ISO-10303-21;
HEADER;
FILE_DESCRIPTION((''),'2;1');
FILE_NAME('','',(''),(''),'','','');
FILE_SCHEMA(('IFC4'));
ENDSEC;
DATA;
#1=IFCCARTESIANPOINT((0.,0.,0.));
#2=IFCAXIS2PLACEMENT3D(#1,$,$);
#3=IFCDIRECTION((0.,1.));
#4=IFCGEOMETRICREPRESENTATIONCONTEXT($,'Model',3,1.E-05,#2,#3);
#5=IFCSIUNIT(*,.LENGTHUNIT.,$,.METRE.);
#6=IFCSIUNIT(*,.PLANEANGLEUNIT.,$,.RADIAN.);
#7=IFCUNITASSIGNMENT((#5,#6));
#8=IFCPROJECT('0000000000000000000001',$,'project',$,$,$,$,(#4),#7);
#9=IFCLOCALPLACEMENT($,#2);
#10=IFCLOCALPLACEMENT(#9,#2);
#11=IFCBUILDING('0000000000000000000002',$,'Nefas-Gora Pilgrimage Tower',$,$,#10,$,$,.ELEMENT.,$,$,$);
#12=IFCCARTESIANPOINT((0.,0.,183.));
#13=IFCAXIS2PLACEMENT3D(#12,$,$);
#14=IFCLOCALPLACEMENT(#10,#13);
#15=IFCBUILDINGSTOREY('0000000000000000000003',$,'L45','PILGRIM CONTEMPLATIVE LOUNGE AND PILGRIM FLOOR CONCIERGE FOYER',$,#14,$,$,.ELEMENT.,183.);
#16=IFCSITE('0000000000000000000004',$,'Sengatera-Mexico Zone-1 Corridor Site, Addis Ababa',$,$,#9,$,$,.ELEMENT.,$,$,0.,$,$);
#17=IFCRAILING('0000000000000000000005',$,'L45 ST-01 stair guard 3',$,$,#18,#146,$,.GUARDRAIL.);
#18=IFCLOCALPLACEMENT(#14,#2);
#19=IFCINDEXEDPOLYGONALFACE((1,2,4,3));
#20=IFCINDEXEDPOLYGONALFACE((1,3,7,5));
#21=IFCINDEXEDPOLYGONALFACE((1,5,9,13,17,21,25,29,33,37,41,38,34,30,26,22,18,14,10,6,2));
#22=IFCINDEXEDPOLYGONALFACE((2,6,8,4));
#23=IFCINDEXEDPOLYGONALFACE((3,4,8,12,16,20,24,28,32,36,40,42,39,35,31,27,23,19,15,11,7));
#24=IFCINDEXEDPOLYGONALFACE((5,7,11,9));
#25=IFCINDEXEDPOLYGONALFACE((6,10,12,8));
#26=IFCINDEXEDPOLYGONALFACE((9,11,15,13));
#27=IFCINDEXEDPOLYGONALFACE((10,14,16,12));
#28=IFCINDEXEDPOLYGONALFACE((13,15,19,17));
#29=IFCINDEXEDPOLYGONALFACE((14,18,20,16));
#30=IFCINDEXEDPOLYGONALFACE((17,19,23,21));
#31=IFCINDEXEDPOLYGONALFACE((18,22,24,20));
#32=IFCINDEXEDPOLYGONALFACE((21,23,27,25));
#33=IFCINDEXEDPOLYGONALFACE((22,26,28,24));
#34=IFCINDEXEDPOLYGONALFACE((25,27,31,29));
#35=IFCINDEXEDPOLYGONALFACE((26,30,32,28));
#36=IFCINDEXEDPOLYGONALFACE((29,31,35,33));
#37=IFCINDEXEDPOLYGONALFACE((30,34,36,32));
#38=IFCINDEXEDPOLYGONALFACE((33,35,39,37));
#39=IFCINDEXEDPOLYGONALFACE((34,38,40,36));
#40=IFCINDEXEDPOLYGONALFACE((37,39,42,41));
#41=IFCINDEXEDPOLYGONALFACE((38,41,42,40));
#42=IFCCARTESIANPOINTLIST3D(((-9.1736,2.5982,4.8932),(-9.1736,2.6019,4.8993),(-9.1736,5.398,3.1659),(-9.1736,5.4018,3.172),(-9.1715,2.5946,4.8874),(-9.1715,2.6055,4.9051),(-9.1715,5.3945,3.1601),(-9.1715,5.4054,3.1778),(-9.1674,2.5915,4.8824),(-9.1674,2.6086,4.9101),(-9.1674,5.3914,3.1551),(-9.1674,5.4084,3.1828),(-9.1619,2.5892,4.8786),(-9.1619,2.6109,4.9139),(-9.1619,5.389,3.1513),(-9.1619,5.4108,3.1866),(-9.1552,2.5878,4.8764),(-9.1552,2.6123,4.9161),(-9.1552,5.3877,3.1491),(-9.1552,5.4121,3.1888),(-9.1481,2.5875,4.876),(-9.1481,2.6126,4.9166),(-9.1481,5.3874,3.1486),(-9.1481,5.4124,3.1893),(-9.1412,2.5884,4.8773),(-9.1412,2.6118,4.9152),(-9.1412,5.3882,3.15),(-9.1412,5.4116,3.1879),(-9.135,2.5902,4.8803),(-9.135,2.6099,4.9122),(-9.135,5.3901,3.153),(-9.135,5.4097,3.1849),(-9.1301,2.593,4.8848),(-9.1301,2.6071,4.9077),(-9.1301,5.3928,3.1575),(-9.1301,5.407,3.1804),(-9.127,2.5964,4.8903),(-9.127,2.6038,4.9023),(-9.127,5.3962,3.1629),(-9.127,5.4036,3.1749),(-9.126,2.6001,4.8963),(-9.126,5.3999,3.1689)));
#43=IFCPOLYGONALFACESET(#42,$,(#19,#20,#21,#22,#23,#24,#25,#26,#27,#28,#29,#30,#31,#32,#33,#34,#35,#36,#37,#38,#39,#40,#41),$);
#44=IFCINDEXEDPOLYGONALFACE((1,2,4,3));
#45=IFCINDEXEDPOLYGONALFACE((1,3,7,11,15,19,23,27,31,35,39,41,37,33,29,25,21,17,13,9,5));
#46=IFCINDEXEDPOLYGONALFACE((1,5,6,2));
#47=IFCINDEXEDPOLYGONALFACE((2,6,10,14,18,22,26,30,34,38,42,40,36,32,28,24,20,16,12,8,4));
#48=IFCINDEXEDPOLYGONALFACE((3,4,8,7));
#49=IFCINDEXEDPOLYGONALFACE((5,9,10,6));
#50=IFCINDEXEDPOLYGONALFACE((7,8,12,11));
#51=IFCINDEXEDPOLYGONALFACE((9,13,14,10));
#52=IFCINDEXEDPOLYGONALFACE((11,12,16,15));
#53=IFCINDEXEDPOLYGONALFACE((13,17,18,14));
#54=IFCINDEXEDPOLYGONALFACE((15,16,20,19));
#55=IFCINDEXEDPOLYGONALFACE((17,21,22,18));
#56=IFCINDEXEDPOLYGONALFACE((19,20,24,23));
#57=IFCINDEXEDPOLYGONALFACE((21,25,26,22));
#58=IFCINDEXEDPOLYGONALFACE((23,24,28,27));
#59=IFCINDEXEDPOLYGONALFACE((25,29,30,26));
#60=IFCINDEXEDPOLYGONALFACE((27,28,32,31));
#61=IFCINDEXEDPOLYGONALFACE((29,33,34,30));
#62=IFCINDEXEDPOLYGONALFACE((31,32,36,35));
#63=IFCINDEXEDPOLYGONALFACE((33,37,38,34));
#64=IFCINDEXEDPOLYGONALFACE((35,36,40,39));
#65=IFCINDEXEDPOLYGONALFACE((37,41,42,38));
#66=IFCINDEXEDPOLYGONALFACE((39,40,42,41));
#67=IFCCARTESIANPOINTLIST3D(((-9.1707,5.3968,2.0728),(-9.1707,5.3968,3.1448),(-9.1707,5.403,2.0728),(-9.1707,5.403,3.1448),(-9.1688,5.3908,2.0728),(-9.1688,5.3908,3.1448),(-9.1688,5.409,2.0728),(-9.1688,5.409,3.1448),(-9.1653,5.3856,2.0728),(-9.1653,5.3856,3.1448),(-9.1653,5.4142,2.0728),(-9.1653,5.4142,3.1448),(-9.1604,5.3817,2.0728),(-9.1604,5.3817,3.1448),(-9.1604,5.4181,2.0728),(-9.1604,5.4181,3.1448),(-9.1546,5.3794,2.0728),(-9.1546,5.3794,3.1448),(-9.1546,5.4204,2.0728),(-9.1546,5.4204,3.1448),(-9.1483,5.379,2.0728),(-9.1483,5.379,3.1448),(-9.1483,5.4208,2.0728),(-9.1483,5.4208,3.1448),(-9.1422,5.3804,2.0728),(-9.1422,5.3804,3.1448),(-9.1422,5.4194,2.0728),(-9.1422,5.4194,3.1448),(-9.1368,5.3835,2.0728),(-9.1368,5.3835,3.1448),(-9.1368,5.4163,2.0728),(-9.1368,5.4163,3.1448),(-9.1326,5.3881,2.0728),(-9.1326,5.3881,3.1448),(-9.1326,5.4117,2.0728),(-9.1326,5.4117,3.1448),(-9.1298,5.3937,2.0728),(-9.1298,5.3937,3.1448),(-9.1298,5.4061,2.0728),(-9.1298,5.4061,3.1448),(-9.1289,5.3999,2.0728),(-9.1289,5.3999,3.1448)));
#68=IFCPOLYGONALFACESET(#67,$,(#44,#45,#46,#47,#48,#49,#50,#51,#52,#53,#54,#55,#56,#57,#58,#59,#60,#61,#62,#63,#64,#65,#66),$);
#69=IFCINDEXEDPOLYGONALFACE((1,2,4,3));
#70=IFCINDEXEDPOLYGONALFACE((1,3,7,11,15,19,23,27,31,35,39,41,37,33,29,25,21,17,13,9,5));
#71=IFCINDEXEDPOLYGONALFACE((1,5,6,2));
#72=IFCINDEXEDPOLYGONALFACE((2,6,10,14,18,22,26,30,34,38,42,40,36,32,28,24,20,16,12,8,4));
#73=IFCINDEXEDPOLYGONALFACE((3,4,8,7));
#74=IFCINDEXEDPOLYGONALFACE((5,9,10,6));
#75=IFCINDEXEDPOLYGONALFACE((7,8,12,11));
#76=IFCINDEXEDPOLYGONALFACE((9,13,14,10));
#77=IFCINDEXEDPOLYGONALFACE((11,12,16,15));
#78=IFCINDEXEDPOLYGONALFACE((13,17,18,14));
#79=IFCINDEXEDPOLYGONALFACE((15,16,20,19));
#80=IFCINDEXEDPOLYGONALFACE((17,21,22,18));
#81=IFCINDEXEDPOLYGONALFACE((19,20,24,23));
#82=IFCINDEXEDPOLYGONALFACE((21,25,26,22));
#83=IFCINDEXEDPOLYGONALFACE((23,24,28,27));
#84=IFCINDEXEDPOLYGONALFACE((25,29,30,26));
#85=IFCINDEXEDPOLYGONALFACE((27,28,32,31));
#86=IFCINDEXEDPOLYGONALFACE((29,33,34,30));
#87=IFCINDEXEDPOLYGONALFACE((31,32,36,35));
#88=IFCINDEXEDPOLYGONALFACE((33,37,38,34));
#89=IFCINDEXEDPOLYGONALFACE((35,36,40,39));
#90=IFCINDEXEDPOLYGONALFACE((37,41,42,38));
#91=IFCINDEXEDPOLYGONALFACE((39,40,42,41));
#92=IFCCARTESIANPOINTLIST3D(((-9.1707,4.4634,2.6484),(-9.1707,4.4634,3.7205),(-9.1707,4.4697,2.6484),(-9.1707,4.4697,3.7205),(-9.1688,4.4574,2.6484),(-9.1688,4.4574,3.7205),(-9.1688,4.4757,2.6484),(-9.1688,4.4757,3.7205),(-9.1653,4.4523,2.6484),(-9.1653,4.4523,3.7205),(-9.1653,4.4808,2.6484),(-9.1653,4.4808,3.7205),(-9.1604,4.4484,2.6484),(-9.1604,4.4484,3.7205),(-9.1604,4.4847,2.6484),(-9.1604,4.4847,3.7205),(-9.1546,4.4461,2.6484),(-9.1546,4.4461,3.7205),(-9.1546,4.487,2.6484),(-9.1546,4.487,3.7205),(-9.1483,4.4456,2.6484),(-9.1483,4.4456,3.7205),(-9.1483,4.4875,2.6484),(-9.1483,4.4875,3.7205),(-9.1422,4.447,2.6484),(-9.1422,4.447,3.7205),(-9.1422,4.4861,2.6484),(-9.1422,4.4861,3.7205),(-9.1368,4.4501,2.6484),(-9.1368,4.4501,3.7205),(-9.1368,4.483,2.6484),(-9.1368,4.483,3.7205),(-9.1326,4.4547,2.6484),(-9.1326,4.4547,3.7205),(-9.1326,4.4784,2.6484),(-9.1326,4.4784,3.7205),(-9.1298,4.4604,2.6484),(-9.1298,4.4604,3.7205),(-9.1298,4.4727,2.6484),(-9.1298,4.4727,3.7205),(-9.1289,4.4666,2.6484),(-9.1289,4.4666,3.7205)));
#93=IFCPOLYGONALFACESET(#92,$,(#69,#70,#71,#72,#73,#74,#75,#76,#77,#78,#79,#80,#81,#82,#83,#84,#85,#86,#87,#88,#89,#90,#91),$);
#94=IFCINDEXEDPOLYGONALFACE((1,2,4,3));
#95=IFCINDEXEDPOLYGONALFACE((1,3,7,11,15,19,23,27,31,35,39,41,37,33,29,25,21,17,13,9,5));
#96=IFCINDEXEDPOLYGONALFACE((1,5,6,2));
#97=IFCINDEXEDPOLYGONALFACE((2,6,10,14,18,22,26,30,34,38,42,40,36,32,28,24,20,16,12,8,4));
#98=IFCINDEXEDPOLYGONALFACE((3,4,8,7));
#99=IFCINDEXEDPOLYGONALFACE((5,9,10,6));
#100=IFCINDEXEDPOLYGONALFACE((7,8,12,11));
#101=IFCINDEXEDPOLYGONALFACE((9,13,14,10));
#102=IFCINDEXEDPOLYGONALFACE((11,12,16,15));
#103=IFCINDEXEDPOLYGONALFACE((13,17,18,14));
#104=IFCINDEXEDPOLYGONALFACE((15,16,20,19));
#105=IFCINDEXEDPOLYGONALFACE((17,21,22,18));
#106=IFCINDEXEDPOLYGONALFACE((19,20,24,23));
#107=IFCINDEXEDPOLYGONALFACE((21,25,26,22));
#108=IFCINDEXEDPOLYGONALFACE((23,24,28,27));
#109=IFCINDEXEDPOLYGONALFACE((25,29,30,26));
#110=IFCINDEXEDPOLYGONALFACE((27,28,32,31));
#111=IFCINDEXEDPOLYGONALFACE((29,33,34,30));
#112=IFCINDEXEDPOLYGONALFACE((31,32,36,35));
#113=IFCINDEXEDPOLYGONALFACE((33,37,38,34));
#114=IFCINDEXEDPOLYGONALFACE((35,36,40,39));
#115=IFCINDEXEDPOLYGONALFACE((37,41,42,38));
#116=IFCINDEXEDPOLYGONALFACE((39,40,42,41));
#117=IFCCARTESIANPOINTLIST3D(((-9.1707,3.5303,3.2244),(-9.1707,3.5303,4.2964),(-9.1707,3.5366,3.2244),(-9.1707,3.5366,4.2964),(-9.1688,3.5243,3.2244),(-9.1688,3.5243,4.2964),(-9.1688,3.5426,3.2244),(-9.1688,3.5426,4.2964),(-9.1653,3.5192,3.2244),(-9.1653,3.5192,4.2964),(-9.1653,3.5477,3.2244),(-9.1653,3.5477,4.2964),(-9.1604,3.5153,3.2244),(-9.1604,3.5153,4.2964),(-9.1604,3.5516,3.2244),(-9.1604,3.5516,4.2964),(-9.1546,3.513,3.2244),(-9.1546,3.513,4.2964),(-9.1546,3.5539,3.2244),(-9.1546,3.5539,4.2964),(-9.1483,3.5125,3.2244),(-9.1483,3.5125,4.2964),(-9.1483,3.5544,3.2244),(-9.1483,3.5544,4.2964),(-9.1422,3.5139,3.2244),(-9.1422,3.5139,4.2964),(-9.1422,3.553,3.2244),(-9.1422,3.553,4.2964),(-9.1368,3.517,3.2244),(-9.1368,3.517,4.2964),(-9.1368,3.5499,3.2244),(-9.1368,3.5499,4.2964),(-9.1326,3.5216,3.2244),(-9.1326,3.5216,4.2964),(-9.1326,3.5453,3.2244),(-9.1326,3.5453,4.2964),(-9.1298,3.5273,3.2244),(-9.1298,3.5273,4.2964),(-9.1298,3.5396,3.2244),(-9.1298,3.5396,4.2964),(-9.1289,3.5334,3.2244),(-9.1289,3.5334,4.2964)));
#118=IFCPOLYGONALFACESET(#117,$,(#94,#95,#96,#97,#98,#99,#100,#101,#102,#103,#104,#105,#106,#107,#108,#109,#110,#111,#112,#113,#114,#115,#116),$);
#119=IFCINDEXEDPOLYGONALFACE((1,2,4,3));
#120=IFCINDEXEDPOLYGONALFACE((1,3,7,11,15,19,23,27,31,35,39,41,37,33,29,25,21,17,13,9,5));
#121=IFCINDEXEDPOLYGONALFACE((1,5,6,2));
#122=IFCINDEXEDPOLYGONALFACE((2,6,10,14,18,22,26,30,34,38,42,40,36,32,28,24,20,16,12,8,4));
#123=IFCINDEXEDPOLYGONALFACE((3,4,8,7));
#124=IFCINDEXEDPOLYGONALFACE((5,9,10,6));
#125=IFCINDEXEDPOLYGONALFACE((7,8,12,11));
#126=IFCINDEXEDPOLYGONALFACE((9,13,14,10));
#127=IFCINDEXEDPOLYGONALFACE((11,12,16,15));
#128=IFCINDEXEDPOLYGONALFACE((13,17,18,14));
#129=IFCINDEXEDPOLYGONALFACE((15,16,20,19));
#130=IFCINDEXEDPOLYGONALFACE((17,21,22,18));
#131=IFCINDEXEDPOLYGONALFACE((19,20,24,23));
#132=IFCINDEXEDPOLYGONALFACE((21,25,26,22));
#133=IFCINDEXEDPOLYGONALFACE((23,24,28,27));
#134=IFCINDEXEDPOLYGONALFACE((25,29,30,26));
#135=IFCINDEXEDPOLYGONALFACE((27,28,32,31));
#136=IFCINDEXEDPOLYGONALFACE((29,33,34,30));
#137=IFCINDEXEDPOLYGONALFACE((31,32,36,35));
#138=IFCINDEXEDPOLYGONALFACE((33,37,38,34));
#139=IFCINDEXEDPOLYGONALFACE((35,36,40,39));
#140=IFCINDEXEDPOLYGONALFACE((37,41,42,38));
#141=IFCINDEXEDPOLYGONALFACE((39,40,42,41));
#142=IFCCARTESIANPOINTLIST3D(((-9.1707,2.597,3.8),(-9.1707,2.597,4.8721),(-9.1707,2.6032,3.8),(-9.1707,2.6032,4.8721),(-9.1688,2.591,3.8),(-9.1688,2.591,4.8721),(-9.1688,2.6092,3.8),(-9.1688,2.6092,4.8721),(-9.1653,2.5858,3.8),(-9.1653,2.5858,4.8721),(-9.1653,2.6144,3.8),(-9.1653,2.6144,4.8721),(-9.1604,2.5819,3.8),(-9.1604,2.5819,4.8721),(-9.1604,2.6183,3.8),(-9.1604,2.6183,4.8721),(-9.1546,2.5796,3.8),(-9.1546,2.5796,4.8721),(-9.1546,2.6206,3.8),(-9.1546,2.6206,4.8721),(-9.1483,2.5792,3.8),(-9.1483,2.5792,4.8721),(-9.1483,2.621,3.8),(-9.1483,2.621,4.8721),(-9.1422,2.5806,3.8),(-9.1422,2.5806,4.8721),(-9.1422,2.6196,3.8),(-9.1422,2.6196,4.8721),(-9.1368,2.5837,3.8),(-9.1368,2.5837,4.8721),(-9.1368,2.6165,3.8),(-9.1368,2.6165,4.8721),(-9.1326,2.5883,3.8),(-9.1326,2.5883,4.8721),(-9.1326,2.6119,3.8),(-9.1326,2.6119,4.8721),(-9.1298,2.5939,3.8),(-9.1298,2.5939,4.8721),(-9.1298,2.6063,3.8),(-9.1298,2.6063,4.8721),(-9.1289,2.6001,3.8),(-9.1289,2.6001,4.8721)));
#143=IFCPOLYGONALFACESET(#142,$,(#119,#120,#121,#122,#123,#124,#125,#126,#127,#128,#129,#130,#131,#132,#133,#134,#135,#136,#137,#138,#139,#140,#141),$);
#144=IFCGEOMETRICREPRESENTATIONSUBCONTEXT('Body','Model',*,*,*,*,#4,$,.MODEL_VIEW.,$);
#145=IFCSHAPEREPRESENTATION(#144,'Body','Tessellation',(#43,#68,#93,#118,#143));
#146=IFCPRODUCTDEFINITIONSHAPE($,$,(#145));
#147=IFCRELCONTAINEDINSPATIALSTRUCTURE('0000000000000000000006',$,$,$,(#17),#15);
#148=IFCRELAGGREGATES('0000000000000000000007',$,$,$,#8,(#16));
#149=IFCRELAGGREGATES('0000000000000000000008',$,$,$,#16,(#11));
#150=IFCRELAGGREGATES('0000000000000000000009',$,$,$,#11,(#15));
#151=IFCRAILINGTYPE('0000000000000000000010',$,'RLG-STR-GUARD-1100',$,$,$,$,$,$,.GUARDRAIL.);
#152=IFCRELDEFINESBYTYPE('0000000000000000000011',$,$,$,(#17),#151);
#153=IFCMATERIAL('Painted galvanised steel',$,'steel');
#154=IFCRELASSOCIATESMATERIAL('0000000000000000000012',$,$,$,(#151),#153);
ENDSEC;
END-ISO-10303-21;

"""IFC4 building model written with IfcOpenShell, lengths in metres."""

from ifc_helpers import new_model, si_unit, direction, frame, origin, origin_2d, place, context, subcontext, project, spatial, circle, extrude, material, type_object, element, save


model = new_model("IFC4")

# Units and contexts
model_context = context("Model", 3, precision=1e-05, world=origin(), true_north=direction((0.0, 1.0)))
body_context = subcontext(model_context, "Body", "Model", "MODEL_VIEW")
ifc_project = project(units=[si_unit("LENGTHUNIT", "METRE"), si_unit("PLANEANGLEUNIT", "RADIAN")], contexts=[model_context])

# Site, building, storey
site_placement = place(None, origin())
site = spatial("IfcSite", under=ifc_project, at=site_placement, Name="Sengatera-Mexico Zone-1 Corridor Site, Addis Ababa", CompositionType="ELEMENT", RefElevation=0.0)
building_placement = place(site_placement, origin())
building = spatial("IfcBuilding", under=site, at=building_placement, Name="Nefas-Gora Pilgrimage Tower", CompositionType="ELEMENT")
storey_placement = place(building_placement, frame((0.0, 0.0, 183.0)))
storey = spatial("IfcBuildingStorey", under=building, at=storey_placement, Name="L45", Description="PILGRIM CONTEMPLATIVE LOUNGE AND PILGRIM FLOOR CONCIERGE FOYER", CompositionType="ELEMENT", Elevation=183.0)

# Railing
ifc_material_1 = material(Name="Painted galvanised steel", Category="steel")
railing_type_1 = type_object("IfcRailingType", Name="RLG-STR-GUARD-1100", PredefinedType="GUARDRAIL", material=ifc_material_1)
railing_1_placement = place(storey_placement, frame((-9.1499, 5.3999, 2.0728)))
element("IfcRailing", 1, at=railing_1_placement, inside=storey, type_object=railing_type_1, Name="L45 ST-01 stair guard 3", PredefinedType="GUARDRAIL", context=body_context, shape_type="SweptSolid", body=[
    extrude(circle(Radius=0.0239, at=origin_2d()), frame((0.0, 0.0, 1.0962), z_axis=(0.0, -0.851069, 0.525054), x_axis=(1.0, 0.0, 0.0)), (0.0, 0.0, 1.0), 3.2898),
    extrude(circle(Radius=0.021, at=origin_2d()), origin(), (0.0, 0.0, 1.0), 1.072),
    extrude(circle(Radius=0.021, at=origin_2d()), frame((0.0, -0.9333, 0.5757)), (0.0, 0.0, 1.0), 1.072),
    extrude(circle(Radius=0.021, at=origin_2d()), frame((0.0, -1.8665, 1.1516)), (0.0, 0.0, 1.0), 1.072),
    extrude(circle(Radius=0.021, at=origin_2d()), frame((0.0, -2.7998, 1.7273)), (0.0, 0.0, 1.0), 1.072),
])

save(model, "model.ifc")
